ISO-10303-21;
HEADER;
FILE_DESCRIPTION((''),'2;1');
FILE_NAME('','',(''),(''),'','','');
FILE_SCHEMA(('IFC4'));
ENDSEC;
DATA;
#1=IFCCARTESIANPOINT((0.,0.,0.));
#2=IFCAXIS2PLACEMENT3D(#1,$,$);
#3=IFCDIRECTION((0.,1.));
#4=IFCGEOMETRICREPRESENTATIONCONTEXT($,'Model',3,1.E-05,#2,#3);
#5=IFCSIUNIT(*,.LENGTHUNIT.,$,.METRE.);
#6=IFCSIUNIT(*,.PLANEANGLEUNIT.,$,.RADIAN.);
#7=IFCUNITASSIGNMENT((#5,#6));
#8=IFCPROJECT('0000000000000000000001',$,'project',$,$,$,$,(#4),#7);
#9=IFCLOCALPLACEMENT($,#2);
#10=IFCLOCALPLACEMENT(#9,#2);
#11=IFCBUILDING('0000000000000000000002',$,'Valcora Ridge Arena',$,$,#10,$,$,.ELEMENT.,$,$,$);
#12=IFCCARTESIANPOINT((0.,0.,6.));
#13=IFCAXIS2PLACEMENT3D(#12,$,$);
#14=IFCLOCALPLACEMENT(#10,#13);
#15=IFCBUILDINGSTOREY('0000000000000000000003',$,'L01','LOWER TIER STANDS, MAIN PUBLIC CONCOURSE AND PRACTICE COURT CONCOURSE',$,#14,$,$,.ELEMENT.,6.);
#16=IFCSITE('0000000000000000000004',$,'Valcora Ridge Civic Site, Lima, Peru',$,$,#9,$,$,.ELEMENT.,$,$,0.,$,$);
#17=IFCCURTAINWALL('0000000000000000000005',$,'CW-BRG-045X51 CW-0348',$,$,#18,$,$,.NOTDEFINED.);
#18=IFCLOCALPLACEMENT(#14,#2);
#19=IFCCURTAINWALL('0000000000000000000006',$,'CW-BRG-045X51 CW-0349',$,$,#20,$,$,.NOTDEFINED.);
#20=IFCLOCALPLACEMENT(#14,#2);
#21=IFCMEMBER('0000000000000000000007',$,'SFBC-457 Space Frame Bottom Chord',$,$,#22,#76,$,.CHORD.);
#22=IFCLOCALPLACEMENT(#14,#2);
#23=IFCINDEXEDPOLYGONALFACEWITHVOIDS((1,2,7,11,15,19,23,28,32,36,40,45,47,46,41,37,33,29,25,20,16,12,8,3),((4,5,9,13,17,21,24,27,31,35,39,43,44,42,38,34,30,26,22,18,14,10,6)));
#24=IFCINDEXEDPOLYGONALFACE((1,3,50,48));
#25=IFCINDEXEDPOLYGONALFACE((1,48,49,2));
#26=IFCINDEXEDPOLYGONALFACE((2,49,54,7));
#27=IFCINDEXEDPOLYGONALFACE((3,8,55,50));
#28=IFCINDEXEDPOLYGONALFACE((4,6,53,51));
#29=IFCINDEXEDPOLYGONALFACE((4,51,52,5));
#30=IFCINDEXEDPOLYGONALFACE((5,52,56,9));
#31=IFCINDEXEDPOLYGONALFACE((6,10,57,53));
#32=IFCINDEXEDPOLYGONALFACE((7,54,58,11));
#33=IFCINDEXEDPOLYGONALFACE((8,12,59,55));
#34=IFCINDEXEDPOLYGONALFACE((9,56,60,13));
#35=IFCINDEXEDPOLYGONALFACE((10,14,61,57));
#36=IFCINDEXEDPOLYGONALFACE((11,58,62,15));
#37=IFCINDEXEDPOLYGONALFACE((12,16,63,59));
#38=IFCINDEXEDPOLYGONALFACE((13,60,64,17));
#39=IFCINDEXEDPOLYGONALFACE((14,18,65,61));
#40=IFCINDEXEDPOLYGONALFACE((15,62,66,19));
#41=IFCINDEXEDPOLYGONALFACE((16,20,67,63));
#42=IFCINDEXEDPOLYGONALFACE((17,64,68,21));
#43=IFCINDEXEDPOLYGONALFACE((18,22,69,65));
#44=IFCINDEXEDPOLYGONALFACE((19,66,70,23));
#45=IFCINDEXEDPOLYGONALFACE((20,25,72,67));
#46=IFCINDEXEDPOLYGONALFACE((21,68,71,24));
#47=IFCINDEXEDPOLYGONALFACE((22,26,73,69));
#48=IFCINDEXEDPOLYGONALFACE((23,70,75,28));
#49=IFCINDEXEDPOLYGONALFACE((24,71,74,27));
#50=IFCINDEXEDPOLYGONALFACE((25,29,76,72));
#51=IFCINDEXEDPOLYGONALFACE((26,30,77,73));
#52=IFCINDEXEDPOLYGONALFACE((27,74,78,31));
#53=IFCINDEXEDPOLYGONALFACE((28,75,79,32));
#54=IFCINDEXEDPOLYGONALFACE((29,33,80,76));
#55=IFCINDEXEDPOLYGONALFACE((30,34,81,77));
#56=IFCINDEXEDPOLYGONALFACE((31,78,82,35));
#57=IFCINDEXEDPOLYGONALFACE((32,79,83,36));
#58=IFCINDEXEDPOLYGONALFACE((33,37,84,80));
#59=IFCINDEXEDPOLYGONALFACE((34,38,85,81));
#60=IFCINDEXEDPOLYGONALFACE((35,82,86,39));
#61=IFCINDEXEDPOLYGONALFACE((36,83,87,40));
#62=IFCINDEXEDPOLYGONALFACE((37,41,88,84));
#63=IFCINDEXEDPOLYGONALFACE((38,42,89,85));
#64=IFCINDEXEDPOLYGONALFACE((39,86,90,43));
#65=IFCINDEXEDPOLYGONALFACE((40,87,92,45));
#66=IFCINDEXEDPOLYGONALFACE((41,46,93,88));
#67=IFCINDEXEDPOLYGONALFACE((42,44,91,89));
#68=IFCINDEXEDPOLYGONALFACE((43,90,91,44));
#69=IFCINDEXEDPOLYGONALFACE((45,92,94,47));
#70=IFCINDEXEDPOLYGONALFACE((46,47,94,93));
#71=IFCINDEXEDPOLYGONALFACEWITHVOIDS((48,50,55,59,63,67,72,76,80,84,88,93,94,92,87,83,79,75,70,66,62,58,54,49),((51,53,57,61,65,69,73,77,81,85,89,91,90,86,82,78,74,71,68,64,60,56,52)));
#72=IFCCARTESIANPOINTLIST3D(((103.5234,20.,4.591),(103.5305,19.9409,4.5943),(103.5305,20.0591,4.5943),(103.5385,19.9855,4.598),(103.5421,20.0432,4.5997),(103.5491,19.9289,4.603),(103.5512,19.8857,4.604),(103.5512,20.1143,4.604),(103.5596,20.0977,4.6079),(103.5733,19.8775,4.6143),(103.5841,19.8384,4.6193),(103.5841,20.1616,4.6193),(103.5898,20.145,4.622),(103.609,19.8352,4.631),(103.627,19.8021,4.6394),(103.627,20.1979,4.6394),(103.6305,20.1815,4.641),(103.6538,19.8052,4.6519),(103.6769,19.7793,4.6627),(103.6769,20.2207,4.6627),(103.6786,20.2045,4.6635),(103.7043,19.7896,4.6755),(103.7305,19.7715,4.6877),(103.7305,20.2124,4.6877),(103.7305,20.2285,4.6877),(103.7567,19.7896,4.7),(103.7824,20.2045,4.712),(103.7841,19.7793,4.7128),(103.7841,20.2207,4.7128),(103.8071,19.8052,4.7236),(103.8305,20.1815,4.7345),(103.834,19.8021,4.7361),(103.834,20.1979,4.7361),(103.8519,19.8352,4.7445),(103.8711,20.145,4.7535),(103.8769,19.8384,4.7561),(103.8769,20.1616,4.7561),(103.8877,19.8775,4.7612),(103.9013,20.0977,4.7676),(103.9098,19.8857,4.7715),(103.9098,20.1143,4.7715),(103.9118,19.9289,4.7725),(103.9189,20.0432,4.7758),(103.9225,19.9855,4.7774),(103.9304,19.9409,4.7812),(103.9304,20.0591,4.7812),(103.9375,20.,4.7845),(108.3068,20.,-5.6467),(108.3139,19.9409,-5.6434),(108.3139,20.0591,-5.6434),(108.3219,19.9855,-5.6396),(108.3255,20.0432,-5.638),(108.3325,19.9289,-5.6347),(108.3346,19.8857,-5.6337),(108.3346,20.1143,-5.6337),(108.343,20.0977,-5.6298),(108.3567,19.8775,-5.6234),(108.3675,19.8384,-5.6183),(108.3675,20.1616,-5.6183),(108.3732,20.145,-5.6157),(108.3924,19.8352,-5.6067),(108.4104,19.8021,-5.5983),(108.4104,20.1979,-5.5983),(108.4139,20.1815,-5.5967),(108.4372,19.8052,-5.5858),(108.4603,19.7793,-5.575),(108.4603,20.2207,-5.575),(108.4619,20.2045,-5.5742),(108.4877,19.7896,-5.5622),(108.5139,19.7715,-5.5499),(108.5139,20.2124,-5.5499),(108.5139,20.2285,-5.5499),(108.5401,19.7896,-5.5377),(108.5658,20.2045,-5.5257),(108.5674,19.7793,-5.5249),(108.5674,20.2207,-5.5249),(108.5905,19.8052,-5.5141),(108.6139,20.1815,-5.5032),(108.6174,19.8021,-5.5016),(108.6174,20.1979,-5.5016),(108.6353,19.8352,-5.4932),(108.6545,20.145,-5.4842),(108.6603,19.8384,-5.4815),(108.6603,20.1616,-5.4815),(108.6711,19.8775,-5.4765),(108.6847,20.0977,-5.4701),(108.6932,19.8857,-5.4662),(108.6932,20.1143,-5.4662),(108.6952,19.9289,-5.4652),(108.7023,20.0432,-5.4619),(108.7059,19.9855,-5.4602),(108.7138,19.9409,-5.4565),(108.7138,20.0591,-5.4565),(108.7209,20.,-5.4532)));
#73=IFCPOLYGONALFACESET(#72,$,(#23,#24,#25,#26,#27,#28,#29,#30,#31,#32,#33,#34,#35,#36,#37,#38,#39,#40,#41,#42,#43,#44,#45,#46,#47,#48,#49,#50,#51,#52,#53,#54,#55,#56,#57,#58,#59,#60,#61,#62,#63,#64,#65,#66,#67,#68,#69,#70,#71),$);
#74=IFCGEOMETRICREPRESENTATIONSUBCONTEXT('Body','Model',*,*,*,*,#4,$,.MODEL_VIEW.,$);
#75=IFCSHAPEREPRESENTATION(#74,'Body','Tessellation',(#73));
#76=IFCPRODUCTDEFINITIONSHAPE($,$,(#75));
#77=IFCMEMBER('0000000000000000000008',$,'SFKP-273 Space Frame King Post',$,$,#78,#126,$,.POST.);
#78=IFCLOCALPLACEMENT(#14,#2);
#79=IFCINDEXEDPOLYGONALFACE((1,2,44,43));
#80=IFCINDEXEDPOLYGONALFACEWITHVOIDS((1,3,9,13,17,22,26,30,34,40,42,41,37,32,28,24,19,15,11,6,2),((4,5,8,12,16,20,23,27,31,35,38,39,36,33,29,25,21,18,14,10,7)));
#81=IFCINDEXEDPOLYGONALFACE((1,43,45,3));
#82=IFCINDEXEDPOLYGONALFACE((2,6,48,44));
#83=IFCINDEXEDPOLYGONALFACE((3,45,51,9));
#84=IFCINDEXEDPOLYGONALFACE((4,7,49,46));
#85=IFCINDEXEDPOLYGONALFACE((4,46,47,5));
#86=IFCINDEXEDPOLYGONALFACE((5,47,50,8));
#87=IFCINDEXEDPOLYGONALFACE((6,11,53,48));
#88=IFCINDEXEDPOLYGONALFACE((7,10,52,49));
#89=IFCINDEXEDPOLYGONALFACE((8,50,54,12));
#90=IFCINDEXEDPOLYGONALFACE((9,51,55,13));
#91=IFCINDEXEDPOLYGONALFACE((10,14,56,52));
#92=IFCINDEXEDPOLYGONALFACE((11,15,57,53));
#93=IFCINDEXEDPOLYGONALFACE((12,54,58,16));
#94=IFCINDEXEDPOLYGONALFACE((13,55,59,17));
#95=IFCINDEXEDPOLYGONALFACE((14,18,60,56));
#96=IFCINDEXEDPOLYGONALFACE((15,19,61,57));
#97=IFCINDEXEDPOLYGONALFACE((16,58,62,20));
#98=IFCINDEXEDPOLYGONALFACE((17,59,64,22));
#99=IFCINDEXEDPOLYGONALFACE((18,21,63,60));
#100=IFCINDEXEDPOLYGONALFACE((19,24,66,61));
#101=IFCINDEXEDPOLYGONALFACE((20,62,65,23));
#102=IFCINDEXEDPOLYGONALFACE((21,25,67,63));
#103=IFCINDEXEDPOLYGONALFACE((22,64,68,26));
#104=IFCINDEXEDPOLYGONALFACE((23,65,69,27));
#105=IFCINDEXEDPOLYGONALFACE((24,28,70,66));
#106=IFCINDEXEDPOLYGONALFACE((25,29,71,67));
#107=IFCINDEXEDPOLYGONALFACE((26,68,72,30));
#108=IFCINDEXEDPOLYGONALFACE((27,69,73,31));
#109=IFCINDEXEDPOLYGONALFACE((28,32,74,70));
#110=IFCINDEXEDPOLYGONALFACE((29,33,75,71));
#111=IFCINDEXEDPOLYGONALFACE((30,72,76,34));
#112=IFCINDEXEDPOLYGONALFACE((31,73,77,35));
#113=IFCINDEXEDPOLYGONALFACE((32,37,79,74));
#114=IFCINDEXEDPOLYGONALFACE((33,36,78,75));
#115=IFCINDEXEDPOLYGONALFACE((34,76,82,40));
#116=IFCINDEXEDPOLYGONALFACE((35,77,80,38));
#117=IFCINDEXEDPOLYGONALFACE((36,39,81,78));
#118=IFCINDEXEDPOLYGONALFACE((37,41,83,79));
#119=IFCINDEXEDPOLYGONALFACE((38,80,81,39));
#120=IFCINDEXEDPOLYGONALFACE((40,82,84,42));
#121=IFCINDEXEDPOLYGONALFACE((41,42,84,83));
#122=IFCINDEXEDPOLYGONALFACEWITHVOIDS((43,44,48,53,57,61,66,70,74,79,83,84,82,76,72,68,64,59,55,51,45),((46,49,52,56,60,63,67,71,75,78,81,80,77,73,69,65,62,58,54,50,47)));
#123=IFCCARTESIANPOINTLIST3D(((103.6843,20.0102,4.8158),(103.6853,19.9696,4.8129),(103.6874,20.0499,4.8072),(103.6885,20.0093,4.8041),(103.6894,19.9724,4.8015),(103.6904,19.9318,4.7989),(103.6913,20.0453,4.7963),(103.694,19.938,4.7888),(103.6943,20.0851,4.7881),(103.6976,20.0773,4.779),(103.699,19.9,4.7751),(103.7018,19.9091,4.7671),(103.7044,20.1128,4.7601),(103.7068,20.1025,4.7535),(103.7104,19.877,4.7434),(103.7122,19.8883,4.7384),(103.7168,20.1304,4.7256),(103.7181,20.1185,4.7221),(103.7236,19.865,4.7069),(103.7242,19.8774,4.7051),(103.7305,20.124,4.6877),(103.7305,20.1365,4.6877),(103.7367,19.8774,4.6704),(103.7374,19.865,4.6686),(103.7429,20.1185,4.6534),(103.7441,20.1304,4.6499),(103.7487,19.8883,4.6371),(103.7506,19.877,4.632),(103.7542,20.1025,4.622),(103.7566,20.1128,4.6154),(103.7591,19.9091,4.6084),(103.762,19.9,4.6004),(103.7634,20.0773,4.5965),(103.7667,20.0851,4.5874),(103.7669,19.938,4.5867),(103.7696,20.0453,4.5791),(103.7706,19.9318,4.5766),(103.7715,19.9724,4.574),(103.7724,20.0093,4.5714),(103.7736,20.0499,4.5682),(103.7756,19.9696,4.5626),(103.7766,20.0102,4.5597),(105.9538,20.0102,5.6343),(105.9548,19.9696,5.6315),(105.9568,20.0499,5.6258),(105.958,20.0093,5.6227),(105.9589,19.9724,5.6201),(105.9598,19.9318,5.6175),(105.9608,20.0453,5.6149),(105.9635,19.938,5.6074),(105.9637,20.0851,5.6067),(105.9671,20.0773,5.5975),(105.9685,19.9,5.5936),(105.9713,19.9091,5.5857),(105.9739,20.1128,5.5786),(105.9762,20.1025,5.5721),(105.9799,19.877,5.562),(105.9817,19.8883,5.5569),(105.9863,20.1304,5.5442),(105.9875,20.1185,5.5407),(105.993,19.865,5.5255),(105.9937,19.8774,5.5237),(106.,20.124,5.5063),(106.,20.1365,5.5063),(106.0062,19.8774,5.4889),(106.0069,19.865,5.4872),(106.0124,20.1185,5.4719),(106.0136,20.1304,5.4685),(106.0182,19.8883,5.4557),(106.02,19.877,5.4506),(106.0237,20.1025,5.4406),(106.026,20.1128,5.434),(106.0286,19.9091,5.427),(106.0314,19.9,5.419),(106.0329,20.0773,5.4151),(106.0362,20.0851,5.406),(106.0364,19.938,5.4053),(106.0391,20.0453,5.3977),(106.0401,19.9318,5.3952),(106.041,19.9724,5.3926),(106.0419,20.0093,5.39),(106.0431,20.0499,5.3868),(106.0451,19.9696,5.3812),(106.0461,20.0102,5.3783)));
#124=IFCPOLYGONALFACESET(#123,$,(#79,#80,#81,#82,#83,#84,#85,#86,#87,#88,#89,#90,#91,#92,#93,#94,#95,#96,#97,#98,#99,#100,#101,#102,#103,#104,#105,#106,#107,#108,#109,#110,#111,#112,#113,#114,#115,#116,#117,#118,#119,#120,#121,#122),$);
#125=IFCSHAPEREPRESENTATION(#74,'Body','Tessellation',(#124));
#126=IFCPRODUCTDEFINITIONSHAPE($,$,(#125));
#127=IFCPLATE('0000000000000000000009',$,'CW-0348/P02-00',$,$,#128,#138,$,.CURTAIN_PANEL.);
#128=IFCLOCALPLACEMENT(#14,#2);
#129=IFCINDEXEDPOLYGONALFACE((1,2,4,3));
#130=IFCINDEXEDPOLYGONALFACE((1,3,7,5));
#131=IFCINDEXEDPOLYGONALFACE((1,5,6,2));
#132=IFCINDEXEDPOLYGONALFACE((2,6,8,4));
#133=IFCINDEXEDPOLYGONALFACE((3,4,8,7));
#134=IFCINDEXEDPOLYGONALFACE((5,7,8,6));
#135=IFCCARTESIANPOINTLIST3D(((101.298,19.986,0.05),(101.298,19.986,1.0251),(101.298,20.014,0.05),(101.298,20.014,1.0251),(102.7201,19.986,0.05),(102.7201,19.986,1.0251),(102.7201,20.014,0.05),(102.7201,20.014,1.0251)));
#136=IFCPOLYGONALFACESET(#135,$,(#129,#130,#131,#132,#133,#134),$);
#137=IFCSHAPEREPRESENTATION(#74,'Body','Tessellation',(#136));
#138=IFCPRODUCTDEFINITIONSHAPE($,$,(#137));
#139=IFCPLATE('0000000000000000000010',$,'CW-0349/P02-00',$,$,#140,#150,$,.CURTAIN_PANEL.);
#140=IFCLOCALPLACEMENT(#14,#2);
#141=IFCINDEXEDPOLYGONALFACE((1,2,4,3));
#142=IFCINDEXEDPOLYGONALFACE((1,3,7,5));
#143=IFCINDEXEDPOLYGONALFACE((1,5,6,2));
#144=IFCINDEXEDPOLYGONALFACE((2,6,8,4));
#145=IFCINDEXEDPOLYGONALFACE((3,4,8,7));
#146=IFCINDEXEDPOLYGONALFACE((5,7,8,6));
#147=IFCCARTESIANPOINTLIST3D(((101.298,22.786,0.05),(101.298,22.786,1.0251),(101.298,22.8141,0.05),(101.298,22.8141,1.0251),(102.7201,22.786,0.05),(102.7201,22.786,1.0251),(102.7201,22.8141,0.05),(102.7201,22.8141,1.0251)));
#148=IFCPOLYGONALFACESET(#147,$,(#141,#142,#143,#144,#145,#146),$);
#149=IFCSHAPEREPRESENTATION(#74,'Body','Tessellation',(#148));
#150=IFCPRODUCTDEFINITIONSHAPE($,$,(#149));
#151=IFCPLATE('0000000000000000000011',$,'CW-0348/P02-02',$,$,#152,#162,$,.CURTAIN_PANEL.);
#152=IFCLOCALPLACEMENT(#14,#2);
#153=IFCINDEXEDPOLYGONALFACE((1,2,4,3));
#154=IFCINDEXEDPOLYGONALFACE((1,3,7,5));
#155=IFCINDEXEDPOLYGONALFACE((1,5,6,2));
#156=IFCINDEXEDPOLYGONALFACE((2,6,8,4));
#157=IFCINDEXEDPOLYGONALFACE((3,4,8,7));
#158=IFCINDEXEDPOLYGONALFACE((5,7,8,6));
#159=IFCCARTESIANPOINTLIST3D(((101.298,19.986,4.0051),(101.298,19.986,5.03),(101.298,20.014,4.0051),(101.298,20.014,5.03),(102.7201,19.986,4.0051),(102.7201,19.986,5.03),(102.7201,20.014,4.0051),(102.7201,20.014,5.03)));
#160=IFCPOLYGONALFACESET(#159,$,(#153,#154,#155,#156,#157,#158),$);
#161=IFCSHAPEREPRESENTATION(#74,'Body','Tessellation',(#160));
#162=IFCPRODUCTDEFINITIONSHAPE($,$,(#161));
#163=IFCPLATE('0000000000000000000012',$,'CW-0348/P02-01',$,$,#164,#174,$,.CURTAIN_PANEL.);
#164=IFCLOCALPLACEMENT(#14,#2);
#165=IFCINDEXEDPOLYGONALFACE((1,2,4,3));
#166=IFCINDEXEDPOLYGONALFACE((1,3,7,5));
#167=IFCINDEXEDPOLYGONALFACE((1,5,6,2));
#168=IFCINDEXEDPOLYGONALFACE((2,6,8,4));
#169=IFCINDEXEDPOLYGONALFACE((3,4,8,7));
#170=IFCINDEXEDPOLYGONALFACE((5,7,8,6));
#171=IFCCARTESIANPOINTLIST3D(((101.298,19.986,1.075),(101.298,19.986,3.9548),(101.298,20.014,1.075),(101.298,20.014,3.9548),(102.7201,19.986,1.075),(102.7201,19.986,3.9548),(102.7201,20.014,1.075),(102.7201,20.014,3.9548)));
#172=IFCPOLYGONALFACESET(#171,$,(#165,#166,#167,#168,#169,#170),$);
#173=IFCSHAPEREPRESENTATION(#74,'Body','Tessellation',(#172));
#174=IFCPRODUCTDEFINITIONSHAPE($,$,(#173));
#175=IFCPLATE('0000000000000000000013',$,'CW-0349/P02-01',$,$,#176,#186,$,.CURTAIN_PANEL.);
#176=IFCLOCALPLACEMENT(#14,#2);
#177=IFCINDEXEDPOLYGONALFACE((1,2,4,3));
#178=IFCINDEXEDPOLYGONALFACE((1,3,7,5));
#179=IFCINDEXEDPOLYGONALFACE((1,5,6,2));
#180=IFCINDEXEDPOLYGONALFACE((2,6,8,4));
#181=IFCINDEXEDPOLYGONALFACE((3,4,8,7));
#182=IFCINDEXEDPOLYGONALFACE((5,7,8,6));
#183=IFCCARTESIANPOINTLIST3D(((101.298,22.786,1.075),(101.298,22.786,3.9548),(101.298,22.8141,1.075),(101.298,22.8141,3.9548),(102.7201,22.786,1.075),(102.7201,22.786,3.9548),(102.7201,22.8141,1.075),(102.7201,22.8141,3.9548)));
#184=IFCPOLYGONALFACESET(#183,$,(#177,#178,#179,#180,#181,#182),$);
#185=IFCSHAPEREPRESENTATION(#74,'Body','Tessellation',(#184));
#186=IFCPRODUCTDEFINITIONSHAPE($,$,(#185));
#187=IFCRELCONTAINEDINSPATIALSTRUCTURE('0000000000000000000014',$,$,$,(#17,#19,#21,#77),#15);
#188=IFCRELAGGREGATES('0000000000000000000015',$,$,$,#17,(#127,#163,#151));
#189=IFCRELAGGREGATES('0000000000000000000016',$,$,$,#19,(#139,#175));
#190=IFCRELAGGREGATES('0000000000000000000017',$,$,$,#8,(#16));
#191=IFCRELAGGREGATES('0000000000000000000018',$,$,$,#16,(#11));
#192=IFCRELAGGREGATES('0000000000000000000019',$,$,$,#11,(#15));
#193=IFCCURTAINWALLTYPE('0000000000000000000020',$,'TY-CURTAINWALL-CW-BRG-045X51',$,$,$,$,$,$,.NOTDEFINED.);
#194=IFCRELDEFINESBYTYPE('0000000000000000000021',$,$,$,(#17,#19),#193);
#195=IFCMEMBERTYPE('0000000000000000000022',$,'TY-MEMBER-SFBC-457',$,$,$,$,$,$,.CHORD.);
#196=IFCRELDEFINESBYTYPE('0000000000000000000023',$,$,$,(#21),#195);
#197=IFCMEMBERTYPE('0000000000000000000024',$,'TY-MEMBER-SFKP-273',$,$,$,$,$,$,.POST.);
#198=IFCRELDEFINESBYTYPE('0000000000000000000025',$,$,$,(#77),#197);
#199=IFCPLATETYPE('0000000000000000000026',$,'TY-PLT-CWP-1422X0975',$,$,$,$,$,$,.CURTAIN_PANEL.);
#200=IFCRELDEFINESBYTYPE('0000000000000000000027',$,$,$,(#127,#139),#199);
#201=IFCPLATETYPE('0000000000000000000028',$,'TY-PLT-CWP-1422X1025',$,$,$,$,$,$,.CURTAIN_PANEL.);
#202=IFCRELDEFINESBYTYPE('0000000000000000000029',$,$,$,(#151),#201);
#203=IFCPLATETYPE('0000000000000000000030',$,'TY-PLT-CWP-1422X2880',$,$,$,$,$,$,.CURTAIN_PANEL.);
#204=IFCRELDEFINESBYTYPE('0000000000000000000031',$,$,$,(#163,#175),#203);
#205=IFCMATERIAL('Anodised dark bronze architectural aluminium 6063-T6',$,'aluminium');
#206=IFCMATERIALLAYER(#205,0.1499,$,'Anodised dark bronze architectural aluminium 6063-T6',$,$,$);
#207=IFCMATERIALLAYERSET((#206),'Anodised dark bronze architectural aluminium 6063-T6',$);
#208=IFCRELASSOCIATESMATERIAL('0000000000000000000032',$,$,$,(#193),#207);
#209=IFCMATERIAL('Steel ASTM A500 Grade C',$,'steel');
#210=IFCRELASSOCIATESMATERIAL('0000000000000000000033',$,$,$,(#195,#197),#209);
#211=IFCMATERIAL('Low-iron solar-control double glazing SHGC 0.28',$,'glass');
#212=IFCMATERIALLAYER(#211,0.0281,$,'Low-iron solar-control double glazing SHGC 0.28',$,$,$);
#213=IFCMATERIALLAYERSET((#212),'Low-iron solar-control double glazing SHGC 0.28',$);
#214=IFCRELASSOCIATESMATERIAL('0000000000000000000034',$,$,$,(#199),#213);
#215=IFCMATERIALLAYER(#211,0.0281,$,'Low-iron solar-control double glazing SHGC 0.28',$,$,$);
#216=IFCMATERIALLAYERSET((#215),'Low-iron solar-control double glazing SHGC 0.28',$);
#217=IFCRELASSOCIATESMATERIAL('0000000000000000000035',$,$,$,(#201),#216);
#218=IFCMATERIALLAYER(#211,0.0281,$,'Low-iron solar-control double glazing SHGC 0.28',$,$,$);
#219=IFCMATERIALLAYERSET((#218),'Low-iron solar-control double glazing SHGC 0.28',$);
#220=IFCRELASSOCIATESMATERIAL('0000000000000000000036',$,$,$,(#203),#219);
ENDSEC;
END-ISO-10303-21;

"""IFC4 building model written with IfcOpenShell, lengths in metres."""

from ifc_helpers import new_model, si_unit, direction, frame, origin, origin_2d, place, context, subcontext, project, spatial, rectangle, hollow_circle, extrude, material, layer, layer_set, material_profile, profile_set, type_object, element, aggregate, save


model = new_model("IFC4")

# Units and contexts
model_context = context("Model", 3, precision=1e-05, world=origin(), true_north=direction((0.0, 1.0)))
body_context = subcontext(model_context, "Body", "Model", "MODEL_VIEW")
ifc_project = project(units=[si_unit("LENGTHUNIT", "METRE"), si_unit("PLANEANGLEUNIT", "RADIAN")], contexts=[model_context])

# Site, building, storey
site_placement = place(None, origin())
site = spatial("IfcSite", under=ifc_project, at=site_placement, Name="Valcora Ridge Civic Site, Lima, Peru", CompositionType="ELEMENT", RefElevation=0.0)
building_placement = place(site_placement, origin())
building = spatial("IfcBuilding", under=site, at=building_placement, Name="Valcora Ridge Arena", CompositionType="ELEMENT")
storey_placement = place(building_placement, frame((0.0, 0.0, 6.0)))
storey = spatial("IfcBuildingStorey", under=building, at=storey_placement, Name="L01", Description="LOWER TIER STANDS, MAIN PUBLIC CONCOURSE AND PRACTICE COURT CONCOURSE", CompositionType="ELEMENT", Elevation=6.0)

# Shared definitions
ifc_material_1 = material(Name="Steel ASTM A500 Grade C", Category="steel")

# Curtain wall
ifc_material_2 = material(Name="Anodised dark bronze architectural aluminium 6063-T6", Category="aluminium")
ifc_layer_1 = layer(ifc_material_2, 0.1499, Name="Anodised dark bronze architectural aluminium 6063-T6")
ifc_layer_set_1 = layer_set([ifc_layer_1], Name="Anodised dark bronze architectural aluminium 6063-T6")
curtain_wall_type = type_object("IfcCurtainWallType", Name="TY-CURTAINWALL-CW-BRG-045X51", PredefinedType="NOTDEFINED", material=ifc_layer_set_1)
curtain_wall_1_placement = place(storey_placement, origin())
curtain_wall_1 = element("IfcCurtainWall", 1, at=curtain_wall_1_placement, inside=storey, type_object=curtain_wall_type, Name="CW-BRG-045X51 CW-0348", PredefinedType="NOTDEFINED")

# Curtain wall
curtain_wall_2_placement = place(storey_placement, origin())
curtain_wall_2 = element("IfcCurtainWall", 2, at=curtain_wall_2_placement, inside=storey, type_object=curtain_wall_type, Name="CW-BRG-045X51 CW-0349", PredefinedType="NOTDEFINED")

# Members
ifc_material_profile_1 = material_profile(ifc_material_1, hollow_circle(Radius=0.2285, WallThickness=0.0161, at=origin_2d()), Name="CHS457X16")
ifc_profile_set_1 = profile_set([ifc_material_profile_1], Name="Steel ASTM A500 Grade C")
member_type_1 = type_object("IfcMemberType", Name="TY-MEMBER-SFBC-457", PredefinedType="CHORD", material=ifc_profile_set_1)
member_1_placement = place(storey_placement, frame((103.7305, 20.0, 4.6877), z_axis=(0.423308, 0.0, -0.905986), x_axis=(0.0, 1.0, 0.0)))
element("IfcMember", 3, at=member_1_placement, inside=storey, type_object=member_type_1, Name="SFBC-457 Space Frame Bottom Chord", PredefinedType="CHORD", context=body_context, shape_type="SweptSolid", body=[
    extrude(hollow_circle(Radius=0.2285, WallThickness=0.0161, at=origin_2d()), origin(), (0.0, 0.0, 1.0), 11.3),
])
ifc_material_profile_2 = material_profile(ifc_material_1, hollow_circle(Radius=0.1365, WallThickness=0.0125, at=origin_2d()), Name="CHS273X12")
ifc_profile_set_2 = profile_set([ifc_material_profile_2], Name="Steel ASTM A500 Grade C")
member_type_2 = type_object("IfcMemberType", Name="TY-MEMBER-SFKP-273", PredefinedType="POST", material=ifc_profile_set_2)
member_2_placement = place(storey_placement, frame((103.7305, 20.0, 4.6877), z_axis=(0.94068, 0.0, 0.339296), x_axis=(0.0, 1.0, 0.0)))
element("IfcMember", 4, at=member_2_placement, inside=storey, type_object=member_type_2, Name="SFKP-273 Space Frame King Post", PredefinedType="POST", context=body_context, shape_type="SweptSolid", body=[
    extrude(hollow_circle(Radius=0.1365, WallThickness=0.0125, at=origin_2d()), origin(), (0.0, 0.0, 1.0), 2.4126),
])

# Plates
ifc_material_3 = material(Name="Low-iron solar-control double glazing SHGC 0.28", Category="glass")
ifc_layer_2 = layer(ifc_material_3, 0.0281, Name="Low-iron solar-control double glazing SHGC 0.28")
ifc_layer_set_2 = layer_set([ifc_layer_2], Name="Low-iron solar-control double glazing SHGC 0.28")
plate_type_1 = type_object("IfcPlateType", Name="TY-PLT-CWP-1422X0975", PredefinedType="CURTAIN_PANEL", material=ifc_layer_set_2)
plate_1_placement = place(storey_placement, frame((102.009, 20.0, 0.05), z_axis=(0.0, 0.0, 1.0), x_axis=(1.0, 0.0, 0.0)))
plate_1 = element("IfcPlate", 5, at=plate_1_placement, type_object=plate_type_1, Name="CW-0348/P02-00", PredefinedType="CURTAIN_PANEL", context=body_context, shape_type="SweptSolid", body=[
    extrude(rectangle(XDim=1.4221, YDim=0.0281, at=origin_2d()), origin(), (0.0, 0.0, 1.0), 0.9751),
])
plate_2_placement = place(storey_placement, frame((102.009, 22.8, 0.05), z_axis=(0.0, 0.0, 1.0), x_axis=(1.0, 0.0, 0.0)))
plate_2 = element("IfcPlate", 6, at=plate_2_placement, type_object=plate_type_1, Name="CW-0349/P02-00", PredefinedType="CURTAIN_PANEL", context=body_context, shape_type="SweptSolid", body=[
    extrude(rectangle(XDim=1.4221, YDim=0.0281, at=origin_2d()), origin(), (0.0, 0.0, 1.0), 0.9751),
])
ifc_layer_3 = layer(ifc_material_3, 0.0281, Name="Low-iron solar-control double glazing SHGC 0.28")
ifc_layer_set_3 = layer_set([ifc_layer_3], Name="Low-iron solar-control double glazing SHGC 0.28")
plate_type_2 = type_object("IfcPlateType", Name="TY-PLT-CWP-1422X1025", PredefinedType="CURTAIN_PANEL", material=ifc_layer_set_3)
plate_3_placement = place(storey_placement, frame((102.009, 20.0, 4.0051), z_axis=(0.0, 0.0, 1.0), x_axis=(1.0, 0.0, 0.0)))
plate_3 = element("IfcPlate", 7, at=plate_3_placement, type_object=plate_type_2, Name="CW-0348/P02-02", PredefinedType="CURTAIN_PANEL", context=body_context, shape_type="SweptSolid", body=[
    extrude(rectangle(XDim=1.4221, YDim=0.0281, at=origin_2d()), origin(), (0.0, 0.0, 1.0), 1.0249),
])
ifc_layer_4 = layer(ifc_material_3, 0.0281, Name="Low-iron solar-control double glazing SHGC 0.28")
ifc_layer_set_4 = layer_set([ifc_layer_4], Name="Low-iron solar-control double glazing SHGC 0.28")
plate_type_3 = type_object("IfcPlateType", Name="TY-PLT-CWP-1422X2880", PredefinedType="CURTAIN_PANEL", material=ifc_layer_set_4)
plate_4_placement = place(storey_placement, frame((102.009, 20.0, 1.075), z_axis=(0.0, 0.0, 1.0), x_axis=(1.0, 0.0, 0.0)))
plate_4 = element("IfcPlate", 8, at=plate_4_placement, type_object=plate_type_3, Name="CW-0348/P02-01", PredefinedType="CURTAIN_PANEL", context=body_context, shape_type="SweptSolid", body=[
    extrude(rectangle(XDim=1.4221, YDim=0.0281, at=origin_2d()), origin(), (0.0, 0.0, 1.0), 2.8799),
])
aggregate(curtain_wall_1, [plate_1, plate_4, plate_3])
plate_5_placement = place(storey_placement, frame((102.009, 22.8, 1.075), z_axis=(0.0, 0.0, 1.0), x_axis=(1.0, 0.0, 0.0)))
plate_5 = element("IfcPlate", 9, at=plate_5_placement, type_object=plate_type_3, Name="CW-0349/P02-01", PredefinedType="CURTAIN_PANEL", context=body_context, shape_type="SweptSolid", body=[
    extrude(rectangle(XDim=1.4221, YDim=0.0281, at=origin_2d()), origin(), (0.0, 0.0, 1.0), 2.8799),
])
aggregate(curtain_wall_2, [plate_2, plate_5])

save(model, "model.ifc")
